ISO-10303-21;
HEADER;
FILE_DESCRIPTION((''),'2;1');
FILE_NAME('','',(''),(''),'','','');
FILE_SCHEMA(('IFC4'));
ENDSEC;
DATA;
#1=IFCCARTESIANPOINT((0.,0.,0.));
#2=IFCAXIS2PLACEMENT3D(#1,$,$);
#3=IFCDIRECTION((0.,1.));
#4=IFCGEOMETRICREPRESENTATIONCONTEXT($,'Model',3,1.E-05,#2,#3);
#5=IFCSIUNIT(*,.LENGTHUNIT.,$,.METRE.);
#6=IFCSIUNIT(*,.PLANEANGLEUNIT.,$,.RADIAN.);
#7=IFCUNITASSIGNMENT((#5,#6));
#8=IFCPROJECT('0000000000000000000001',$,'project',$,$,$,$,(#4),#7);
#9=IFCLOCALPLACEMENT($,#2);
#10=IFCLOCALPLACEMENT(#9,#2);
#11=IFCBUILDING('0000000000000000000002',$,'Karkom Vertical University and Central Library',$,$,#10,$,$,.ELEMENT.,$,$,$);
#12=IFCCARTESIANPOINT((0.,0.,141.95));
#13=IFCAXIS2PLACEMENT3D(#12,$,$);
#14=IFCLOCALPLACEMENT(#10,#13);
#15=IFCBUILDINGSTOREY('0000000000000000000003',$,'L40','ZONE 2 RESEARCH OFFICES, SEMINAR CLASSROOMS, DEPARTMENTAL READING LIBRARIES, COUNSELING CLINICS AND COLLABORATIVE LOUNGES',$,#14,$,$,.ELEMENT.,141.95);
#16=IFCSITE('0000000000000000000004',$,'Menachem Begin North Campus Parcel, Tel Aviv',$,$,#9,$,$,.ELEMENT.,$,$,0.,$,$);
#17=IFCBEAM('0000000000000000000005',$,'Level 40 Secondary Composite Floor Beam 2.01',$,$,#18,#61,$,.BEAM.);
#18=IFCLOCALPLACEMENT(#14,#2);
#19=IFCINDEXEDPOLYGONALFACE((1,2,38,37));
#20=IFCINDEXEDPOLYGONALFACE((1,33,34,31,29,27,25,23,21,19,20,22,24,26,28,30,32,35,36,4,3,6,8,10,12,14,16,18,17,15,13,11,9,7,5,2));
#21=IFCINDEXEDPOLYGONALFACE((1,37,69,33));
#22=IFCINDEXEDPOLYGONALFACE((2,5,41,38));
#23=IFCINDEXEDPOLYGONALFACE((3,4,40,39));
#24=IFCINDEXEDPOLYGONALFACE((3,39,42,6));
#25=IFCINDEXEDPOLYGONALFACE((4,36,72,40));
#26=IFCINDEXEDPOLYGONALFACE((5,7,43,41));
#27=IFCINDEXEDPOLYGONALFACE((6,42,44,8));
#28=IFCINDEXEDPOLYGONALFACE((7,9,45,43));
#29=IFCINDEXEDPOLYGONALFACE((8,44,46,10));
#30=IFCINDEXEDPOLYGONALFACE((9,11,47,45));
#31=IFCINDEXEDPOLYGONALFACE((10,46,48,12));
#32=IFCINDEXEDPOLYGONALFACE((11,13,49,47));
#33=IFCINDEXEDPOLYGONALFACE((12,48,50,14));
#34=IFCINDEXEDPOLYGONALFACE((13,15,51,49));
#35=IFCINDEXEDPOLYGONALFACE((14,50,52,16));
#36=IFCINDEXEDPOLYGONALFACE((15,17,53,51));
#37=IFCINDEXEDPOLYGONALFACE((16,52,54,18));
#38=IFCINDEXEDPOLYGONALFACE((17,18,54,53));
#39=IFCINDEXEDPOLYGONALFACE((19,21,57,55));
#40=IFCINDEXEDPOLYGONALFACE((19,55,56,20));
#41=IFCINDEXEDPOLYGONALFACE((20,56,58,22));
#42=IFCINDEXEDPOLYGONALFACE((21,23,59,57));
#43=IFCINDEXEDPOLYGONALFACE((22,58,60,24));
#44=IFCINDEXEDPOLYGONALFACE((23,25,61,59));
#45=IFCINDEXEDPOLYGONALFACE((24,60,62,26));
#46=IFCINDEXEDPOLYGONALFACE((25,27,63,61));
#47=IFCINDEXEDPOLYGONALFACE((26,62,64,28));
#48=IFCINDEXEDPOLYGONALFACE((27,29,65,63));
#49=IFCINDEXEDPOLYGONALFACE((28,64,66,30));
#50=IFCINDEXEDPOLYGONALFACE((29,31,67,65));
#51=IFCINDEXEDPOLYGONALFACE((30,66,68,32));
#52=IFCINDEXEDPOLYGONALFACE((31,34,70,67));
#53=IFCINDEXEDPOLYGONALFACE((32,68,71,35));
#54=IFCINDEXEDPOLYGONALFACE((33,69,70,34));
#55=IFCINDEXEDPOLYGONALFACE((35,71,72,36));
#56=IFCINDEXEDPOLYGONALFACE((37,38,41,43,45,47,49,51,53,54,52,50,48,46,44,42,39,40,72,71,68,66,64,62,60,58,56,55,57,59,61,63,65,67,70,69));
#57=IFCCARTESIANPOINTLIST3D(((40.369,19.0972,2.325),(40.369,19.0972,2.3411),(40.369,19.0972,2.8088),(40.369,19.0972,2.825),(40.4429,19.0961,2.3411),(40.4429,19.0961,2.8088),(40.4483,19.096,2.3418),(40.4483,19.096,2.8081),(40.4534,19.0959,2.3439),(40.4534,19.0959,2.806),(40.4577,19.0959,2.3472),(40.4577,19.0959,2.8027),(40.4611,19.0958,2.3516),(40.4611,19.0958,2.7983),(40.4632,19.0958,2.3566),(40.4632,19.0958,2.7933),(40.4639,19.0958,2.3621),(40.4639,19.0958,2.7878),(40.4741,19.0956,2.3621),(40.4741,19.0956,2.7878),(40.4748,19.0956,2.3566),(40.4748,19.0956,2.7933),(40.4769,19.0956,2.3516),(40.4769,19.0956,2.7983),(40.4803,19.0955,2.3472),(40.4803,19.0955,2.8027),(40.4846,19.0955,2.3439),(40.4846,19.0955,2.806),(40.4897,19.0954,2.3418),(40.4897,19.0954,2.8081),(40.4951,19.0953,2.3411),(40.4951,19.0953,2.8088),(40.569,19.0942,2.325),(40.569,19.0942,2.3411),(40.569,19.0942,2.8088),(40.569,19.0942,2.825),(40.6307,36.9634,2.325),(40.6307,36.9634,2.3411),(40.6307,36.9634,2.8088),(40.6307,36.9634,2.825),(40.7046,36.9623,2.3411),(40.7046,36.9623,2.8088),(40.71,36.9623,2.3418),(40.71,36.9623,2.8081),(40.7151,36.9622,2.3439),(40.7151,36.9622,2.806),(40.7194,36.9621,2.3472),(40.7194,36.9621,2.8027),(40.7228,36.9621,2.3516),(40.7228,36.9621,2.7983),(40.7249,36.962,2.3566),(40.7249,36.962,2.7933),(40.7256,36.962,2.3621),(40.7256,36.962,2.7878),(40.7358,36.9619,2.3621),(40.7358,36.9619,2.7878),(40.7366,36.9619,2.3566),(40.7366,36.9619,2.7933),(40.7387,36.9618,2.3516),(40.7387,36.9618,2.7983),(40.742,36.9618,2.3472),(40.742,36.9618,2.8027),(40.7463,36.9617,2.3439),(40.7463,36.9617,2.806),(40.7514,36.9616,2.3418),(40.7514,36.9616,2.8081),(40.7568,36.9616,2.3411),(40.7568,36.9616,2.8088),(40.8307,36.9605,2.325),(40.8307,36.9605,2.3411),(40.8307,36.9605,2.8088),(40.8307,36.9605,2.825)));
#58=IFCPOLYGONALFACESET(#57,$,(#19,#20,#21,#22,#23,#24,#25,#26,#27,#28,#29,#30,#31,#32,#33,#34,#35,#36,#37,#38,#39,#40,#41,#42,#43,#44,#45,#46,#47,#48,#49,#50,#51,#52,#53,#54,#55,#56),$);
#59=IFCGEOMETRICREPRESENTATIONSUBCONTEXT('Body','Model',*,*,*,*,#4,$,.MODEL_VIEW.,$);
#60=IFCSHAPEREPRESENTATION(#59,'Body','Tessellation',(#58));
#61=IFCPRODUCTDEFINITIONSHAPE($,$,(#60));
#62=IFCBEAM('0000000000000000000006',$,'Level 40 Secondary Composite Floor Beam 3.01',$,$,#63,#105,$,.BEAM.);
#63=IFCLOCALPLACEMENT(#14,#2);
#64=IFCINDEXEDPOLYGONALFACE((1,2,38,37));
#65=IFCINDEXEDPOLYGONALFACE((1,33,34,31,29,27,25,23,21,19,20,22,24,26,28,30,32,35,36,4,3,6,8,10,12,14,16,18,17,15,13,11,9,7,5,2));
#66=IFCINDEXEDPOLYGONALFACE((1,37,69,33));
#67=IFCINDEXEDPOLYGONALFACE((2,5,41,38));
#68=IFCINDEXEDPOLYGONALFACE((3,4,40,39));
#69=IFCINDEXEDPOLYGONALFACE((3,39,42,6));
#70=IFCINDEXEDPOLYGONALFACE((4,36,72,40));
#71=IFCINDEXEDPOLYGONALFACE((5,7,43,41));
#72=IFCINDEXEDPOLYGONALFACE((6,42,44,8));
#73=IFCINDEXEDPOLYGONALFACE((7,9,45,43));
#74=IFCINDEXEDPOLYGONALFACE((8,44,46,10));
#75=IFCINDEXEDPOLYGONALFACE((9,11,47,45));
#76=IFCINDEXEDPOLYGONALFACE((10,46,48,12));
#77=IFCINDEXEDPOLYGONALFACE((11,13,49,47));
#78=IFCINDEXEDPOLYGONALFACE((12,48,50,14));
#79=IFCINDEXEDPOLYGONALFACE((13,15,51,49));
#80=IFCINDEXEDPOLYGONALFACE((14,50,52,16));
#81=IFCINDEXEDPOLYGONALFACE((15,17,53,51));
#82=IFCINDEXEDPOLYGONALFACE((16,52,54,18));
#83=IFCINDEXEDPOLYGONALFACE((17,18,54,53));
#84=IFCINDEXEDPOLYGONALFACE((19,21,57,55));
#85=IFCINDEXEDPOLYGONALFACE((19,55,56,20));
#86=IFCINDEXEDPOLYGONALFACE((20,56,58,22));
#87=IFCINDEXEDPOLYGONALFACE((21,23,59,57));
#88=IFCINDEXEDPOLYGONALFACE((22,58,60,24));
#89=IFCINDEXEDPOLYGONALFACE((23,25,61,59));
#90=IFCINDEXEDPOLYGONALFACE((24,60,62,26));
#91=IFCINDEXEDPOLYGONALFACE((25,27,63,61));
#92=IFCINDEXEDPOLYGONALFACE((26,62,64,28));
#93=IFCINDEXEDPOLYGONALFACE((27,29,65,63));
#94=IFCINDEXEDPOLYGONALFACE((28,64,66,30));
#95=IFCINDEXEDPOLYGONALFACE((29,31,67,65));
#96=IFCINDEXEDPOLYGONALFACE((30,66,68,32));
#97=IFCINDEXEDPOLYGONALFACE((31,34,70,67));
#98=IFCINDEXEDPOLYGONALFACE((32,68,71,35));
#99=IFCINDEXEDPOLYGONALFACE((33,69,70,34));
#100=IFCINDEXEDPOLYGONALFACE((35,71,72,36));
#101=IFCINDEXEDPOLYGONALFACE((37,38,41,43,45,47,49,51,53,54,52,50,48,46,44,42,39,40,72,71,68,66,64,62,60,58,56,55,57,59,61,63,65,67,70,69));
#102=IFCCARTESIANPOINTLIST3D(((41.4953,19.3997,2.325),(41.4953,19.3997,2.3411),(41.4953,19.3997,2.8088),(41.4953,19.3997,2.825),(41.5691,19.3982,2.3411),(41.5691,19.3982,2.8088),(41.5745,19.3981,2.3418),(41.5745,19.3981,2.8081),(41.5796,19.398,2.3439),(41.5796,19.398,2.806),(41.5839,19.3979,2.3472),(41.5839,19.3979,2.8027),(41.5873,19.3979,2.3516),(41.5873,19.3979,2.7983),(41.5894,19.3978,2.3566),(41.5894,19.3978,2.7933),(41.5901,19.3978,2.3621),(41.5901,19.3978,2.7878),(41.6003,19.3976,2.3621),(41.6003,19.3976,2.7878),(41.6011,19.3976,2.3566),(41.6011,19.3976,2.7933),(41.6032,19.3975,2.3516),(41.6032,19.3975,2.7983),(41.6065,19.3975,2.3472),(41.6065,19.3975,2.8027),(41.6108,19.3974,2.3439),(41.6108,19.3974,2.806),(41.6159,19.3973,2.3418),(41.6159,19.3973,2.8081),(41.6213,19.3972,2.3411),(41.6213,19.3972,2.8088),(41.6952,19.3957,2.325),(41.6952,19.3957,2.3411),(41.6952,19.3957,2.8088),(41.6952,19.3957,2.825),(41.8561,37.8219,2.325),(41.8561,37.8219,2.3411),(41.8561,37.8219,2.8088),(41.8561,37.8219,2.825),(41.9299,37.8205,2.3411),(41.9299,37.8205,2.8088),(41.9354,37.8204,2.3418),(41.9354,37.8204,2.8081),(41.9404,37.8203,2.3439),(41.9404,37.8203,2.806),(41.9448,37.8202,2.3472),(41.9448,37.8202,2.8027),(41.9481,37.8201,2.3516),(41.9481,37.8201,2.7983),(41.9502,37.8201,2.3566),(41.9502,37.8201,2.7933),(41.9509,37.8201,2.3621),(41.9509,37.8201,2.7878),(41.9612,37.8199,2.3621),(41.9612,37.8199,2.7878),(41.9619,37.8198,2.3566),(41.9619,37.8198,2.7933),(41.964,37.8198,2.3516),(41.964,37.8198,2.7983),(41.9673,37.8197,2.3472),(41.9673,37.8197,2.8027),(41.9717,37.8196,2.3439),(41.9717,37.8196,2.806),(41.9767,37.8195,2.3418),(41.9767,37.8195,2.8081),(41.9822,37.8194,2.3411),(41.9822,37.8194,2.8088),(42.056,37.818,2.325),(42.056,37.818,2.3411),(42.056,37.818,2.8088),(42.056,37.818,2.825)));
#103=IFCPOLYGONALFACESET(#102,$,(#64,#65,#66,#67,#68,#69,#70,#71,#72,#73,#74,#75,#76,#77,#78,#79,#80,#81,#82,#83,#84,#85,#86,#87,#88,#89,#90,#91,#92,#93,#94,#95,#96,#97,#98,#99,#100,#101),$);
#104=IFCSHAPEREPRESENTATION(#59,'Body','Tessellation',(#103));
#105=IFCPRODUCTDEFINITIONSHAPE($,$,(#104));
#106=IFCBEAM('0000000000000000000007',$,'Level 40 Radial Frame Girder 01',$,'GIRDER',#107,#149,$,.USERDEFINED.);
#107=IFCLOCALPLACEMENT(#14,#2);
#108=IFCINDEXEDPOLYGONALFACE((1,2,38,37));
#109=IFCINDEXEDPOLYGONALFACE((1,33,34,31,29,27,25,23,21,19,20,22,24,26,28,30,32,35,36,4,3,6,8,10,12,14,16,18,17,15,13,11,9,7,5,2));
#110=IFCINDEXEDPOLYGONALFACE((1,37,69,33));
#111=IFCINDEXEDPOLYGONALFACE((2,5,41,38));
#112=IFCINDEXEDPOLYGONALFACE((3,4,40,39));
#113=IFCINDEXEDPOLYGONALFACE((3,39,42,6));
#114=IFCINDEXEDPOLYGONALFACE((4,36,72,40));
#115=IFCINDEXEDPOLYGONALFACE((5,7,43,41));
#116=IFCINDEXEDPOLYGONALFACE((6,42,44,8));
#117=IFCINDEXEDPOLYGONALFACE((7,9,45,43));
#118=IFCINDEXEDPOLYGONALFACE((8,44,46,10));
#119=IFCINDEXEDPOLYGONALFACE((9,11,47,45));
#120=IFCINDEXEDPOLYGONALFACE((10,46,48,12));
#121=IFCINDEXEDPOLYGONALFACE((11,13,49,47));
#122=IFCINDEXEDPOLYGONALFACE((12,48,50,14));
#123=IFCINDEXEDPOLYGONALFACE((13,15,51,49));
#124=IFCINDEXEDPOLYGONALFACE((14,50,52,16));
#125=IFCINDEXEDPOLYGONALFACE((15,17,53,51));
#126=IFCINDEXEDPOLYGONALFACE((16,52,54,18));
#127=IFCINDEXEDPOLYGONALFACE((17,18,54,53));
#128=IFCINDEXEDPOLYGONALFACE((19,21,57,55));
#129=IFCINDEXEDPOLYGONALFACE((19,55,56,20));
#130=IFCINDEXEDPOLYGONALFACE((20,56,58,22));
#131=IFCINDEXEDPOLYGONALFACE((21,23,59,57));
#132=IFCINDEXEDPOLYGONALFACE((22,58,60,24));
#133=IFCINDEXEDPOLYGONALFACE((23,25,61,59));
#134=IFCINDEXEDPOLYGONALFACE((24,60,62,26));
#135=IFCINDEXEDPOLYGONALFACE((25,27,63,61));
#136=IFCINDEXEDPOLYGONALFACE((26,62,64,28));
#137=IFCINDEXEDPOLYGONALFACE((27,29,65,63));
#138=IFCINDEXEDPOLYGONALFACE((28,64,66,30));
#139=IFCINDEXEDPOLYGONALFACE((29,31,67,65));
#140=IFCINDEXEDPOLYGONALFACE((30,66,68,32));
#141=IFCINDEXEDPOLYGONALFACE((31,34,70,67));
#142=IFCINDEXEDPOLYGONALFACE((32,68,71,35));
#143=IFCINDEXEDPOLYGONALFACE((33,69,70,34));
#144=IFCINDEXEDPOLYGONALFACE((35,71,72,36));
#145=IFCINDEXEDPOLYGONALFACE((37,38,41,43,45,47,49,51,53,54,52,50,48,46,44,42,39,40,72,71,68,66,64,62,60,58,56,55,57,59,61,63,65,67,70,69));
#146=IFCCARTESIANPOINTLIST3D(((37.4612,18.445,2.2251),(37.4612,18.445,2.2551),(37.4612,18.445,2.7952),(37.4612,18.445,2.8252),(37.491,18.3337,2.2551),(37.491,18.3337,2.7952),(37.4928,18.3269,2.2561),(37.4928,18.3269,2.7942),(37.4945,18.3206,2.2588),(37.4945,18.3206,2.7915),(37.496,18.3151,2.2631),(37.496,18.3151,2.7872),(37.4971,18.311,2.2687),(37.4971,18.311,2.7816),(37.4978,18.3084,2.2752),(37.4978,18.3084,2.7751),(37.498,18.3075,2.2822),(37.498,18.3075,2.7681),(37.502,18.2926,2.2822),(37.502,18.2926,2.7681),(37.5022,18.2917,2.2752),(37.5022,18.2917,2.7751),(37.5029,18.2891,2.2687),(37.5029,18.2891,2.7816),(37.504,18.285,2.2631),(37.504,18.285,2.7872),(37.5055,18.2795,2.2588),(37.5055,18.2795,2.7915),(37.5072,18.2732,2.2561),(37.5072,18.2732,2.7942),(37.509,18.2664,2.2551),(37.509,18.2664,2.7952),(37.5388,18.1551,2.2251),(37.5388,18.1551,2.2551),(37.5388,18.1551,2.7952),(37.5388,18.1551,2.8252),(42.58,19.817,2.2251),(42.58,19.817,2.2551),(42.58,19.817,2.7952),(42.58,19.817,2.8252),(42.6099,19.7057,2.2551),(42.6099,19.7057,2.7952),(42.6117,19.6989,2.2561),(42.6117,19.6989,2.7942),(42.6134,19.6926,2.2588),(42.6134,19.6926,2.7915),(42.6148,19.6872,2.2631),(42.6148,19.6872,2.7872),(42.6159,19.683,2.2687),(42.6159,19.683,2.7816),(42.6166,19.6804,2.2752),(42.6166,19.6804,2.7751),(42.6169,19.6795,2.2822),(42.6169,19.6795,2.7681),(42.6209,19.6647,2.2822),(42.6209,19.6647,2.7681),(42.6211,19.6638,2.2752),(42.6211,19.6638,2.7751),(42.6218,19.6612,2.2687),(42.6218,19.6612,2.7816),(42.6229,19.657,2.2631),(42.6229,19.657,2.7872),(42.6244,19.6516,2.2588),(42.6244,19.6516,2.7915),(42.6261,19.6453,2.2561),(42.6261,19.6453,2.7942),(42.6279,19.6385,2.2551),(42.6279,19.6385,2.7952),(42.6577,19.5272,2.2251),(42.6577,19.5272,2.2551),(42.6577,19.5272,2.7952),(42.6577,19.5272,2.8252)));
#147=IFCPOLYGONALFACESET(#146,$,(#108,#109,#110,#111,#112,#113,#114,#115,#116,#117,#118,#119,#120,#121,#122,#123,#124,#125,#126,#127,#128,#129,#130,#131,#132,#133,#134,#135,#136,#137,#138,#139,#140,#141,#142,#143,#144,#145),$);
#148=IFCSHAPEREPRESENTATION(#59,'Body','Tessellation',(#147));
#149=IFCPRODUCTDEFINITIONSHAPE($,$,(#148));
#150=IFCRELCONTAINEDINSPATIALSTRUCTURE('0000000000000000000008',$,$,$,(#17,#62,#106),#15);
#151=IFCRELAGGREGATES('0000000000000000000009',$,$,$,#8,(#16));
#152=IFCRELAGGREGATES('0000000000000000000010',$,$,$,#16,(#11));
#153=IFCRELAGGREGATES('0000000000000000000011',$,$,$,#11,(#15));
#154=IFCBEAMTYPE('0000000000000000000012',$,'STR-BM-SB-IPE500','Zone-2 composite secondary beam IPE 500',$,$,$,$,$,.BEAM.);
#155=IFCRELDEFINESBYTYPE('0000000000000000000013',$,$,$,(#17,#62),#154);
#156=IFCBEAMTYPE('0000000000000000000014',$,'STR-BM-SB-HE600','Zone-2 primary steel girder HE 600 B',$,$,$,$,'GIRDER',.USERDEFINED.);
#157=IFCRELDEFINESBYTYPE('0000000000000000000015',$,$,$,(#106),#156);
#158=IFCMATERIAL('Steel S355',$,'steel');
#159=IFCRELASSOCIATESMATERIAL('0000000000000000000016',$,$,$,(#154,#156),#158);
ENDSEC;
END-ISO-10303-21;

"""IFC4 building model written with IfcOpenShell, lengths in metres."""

from ifc_helpers import new_model, si_unit, direction, frame, origin, origin_with_axes, origin_2d, place, context, subcontext, project, spatial, i_section, extrude, source, transform, mapped, material, material_profile, profile_set, type_object, element, save


model = new_model("IFC4")

# Units and contexts
model_context = context("Model", 3, precision=1e-05, world=origin(), true_north=direction((0.0, 1.0)))
body_context = subcontext(model_context, "Body", "Model", "MODEL_VIEW")
ifc_project = project(units=[si_unit("LENGTHUNIT", "METRE"), si_unit("PLANEANGLEUNIT", "RADIAN")], contexts=[model_context])

# Site, building, storey
site_placement = place(None, origin())
site = spatial("IfcSite", under=ifc_project, at=site_placement, Name="Menachem Begin North Campus Parcel, Tel Aviv", CompositionType="ELEMENT", RefElevation=0.0)
building_placement = place(site_placement, origin())
building = spatial("IfcBuilding", under=site, at=building_placement, Name="Karkom Vertical University and Central Library", CompositionType="ELEMENT")
storey_placement = place(building_placement, frame((0.0, 0.0, 141.95)))
storey = spatial("IfcBuildingStorey", under=building, at=storey_placement, Name="L40", Description="ZONE 2 RESEARCH OFFICES, SEMINAR CLASSROOMS, DEPARTMENTAL READING LIBRARIES, COUNSELING CLINICS AND COLLABORATIVE LOUNGES", CompositionType="ELEMENT", Elevation=141.95)

# Beams
ifc_material_1 = material(Name="Steel S355", Category="steel")
ifc_material_profile_1 = material_profile(ifc_material_1, i_section(OverallWidth=0.2, OverallDepth=0.5, WebThickness=0.0103, FlangeThickness=0.0161, FilletRadius=0.021, at=origin_2d()), Name="IPE 500")
ifc_profile_set_1 = profile_set([ifc_material_profile_1], Name="Steel S355")
beam_type_1 = type_object("IfcBeamType", Name="STR-BM-SB-IPE500", Description="Zone-2 composite secondary beam IPE 500", PredefinedType="BEAM", material=ifc_profile_set_1)
shared_shape_1 = source(origin_with_axes(), body_context, "Body", "SweptSolid", [
    extrude(i_section(OverallWidth=0.2, OverallDepth=0.5, WebThickness=0.0103, FlangeThickness=0.0161, FilletRadius=0.021, at=origin_2d()), origin(), (0.0, 0.0, 1.0), 17.8682),
])
beam_1_placement = place(storey_placement, frame((40.469, 19.0957, 2.575), z_axis=(0.014647, 0.999893, 0.0), x_axis=(-0.999893, 0.014647, 0.0)))
element("IfcBeam", 1, at=beam_1_placement, inside=storey, type_object=beam_type_1, Name="Level 40 Secondary Composite Floor Beam 2.01", PredefinedType="BEAM", context=body_context, shape_type="MappedRepresentation", body=[
    mapped(shared_shape_1, transform((0.0, 0.0, 0.0), scale=1.0)),
])
shared_shape_2 = source(origin_with_axes(), body_context, "Body", "SweptSolid", [
    extrude(i_section(OverallWidth=0.2, OverallDepth=0.5, WebThickness=0.0103, FlangeThickness=0.0161, FilletRadius=0.021, at=origin_2d()), origin(), (0.0, 0.0, 1.0), 18.4258),
])
beam_2_placement = place(storey_placement, frame((41.5952, 19.3977, 2.575), z_axis=(0.019583, 0.999808, 0.0), x_axis=(-0.999808, 0.019583, 0.0)))
element("IfcBeam", 2, at=beam_2_placement, inside=storey, type_object=beam_type_1, Name="Level 40 Secondary Composite Floor Beam 3.01", PredefinedType="BEAM", context=body_context, shape_type="MappedRepresentation", body=[
    mapped(shared_shape_2, transform((0.0, 0.0, 0.0), scale=1.0)),
])
ifc_material_profile_2 = material_profile(ifc_material_1, i_section(OverallWidth=0.3, OverallDepth=0.6001, WebThickness=0.0154, FlangeThickness=0.03, FilletRadius=0.0271, at=origin_2d()), Name="HE 600 B")
ifc_profile_set_2 = profile_set([ifc_material_profile_2], Name="Steel S355")
beam_type_2 = type_object("IfcBeamType", Name="STR-BM-SB-HE600", Description="Zone-2 primary steel girder HE 600 B", ElementType="GIRDER", PredefinedType="USERDEFINED", material=ifc_profile_set_2)
shared_shape_3 = source(origin_with_axes(), body_context, "Body", "SweptSolid", [
    extrude(i_section(OverallWidth=0.3, OverallDepth=0.6001, WebThickness=0.0154, FlangeThickness=0.03, FilletRadius=0.0271, at=origin_2d()), origin(), (0.0, 0.0, 1.0), 5.2996),
])
beam_3_placement = place(storey_placement, frame((37.5, 18.3, 2.5251), z_axis=(0.965904, 0.258901, 0.0), x_axis=(-0.258901, 0.965904, 0.0)))
element("IfcBeam", 3, at=beam_3_placement, inside=storey, type_object=beam_type_2, Name="Level 40 Radial Frame Girder 01", ObjectType="GIRDER", PredefinedType="USERDEFINED", context=body_context, shape_type="MappedRepresentation", body=[
    mapped(shared_shape_3, transform((0.0, 0.0, 0.0), scale=1.0)),
])

save(model, "model.ifc")
